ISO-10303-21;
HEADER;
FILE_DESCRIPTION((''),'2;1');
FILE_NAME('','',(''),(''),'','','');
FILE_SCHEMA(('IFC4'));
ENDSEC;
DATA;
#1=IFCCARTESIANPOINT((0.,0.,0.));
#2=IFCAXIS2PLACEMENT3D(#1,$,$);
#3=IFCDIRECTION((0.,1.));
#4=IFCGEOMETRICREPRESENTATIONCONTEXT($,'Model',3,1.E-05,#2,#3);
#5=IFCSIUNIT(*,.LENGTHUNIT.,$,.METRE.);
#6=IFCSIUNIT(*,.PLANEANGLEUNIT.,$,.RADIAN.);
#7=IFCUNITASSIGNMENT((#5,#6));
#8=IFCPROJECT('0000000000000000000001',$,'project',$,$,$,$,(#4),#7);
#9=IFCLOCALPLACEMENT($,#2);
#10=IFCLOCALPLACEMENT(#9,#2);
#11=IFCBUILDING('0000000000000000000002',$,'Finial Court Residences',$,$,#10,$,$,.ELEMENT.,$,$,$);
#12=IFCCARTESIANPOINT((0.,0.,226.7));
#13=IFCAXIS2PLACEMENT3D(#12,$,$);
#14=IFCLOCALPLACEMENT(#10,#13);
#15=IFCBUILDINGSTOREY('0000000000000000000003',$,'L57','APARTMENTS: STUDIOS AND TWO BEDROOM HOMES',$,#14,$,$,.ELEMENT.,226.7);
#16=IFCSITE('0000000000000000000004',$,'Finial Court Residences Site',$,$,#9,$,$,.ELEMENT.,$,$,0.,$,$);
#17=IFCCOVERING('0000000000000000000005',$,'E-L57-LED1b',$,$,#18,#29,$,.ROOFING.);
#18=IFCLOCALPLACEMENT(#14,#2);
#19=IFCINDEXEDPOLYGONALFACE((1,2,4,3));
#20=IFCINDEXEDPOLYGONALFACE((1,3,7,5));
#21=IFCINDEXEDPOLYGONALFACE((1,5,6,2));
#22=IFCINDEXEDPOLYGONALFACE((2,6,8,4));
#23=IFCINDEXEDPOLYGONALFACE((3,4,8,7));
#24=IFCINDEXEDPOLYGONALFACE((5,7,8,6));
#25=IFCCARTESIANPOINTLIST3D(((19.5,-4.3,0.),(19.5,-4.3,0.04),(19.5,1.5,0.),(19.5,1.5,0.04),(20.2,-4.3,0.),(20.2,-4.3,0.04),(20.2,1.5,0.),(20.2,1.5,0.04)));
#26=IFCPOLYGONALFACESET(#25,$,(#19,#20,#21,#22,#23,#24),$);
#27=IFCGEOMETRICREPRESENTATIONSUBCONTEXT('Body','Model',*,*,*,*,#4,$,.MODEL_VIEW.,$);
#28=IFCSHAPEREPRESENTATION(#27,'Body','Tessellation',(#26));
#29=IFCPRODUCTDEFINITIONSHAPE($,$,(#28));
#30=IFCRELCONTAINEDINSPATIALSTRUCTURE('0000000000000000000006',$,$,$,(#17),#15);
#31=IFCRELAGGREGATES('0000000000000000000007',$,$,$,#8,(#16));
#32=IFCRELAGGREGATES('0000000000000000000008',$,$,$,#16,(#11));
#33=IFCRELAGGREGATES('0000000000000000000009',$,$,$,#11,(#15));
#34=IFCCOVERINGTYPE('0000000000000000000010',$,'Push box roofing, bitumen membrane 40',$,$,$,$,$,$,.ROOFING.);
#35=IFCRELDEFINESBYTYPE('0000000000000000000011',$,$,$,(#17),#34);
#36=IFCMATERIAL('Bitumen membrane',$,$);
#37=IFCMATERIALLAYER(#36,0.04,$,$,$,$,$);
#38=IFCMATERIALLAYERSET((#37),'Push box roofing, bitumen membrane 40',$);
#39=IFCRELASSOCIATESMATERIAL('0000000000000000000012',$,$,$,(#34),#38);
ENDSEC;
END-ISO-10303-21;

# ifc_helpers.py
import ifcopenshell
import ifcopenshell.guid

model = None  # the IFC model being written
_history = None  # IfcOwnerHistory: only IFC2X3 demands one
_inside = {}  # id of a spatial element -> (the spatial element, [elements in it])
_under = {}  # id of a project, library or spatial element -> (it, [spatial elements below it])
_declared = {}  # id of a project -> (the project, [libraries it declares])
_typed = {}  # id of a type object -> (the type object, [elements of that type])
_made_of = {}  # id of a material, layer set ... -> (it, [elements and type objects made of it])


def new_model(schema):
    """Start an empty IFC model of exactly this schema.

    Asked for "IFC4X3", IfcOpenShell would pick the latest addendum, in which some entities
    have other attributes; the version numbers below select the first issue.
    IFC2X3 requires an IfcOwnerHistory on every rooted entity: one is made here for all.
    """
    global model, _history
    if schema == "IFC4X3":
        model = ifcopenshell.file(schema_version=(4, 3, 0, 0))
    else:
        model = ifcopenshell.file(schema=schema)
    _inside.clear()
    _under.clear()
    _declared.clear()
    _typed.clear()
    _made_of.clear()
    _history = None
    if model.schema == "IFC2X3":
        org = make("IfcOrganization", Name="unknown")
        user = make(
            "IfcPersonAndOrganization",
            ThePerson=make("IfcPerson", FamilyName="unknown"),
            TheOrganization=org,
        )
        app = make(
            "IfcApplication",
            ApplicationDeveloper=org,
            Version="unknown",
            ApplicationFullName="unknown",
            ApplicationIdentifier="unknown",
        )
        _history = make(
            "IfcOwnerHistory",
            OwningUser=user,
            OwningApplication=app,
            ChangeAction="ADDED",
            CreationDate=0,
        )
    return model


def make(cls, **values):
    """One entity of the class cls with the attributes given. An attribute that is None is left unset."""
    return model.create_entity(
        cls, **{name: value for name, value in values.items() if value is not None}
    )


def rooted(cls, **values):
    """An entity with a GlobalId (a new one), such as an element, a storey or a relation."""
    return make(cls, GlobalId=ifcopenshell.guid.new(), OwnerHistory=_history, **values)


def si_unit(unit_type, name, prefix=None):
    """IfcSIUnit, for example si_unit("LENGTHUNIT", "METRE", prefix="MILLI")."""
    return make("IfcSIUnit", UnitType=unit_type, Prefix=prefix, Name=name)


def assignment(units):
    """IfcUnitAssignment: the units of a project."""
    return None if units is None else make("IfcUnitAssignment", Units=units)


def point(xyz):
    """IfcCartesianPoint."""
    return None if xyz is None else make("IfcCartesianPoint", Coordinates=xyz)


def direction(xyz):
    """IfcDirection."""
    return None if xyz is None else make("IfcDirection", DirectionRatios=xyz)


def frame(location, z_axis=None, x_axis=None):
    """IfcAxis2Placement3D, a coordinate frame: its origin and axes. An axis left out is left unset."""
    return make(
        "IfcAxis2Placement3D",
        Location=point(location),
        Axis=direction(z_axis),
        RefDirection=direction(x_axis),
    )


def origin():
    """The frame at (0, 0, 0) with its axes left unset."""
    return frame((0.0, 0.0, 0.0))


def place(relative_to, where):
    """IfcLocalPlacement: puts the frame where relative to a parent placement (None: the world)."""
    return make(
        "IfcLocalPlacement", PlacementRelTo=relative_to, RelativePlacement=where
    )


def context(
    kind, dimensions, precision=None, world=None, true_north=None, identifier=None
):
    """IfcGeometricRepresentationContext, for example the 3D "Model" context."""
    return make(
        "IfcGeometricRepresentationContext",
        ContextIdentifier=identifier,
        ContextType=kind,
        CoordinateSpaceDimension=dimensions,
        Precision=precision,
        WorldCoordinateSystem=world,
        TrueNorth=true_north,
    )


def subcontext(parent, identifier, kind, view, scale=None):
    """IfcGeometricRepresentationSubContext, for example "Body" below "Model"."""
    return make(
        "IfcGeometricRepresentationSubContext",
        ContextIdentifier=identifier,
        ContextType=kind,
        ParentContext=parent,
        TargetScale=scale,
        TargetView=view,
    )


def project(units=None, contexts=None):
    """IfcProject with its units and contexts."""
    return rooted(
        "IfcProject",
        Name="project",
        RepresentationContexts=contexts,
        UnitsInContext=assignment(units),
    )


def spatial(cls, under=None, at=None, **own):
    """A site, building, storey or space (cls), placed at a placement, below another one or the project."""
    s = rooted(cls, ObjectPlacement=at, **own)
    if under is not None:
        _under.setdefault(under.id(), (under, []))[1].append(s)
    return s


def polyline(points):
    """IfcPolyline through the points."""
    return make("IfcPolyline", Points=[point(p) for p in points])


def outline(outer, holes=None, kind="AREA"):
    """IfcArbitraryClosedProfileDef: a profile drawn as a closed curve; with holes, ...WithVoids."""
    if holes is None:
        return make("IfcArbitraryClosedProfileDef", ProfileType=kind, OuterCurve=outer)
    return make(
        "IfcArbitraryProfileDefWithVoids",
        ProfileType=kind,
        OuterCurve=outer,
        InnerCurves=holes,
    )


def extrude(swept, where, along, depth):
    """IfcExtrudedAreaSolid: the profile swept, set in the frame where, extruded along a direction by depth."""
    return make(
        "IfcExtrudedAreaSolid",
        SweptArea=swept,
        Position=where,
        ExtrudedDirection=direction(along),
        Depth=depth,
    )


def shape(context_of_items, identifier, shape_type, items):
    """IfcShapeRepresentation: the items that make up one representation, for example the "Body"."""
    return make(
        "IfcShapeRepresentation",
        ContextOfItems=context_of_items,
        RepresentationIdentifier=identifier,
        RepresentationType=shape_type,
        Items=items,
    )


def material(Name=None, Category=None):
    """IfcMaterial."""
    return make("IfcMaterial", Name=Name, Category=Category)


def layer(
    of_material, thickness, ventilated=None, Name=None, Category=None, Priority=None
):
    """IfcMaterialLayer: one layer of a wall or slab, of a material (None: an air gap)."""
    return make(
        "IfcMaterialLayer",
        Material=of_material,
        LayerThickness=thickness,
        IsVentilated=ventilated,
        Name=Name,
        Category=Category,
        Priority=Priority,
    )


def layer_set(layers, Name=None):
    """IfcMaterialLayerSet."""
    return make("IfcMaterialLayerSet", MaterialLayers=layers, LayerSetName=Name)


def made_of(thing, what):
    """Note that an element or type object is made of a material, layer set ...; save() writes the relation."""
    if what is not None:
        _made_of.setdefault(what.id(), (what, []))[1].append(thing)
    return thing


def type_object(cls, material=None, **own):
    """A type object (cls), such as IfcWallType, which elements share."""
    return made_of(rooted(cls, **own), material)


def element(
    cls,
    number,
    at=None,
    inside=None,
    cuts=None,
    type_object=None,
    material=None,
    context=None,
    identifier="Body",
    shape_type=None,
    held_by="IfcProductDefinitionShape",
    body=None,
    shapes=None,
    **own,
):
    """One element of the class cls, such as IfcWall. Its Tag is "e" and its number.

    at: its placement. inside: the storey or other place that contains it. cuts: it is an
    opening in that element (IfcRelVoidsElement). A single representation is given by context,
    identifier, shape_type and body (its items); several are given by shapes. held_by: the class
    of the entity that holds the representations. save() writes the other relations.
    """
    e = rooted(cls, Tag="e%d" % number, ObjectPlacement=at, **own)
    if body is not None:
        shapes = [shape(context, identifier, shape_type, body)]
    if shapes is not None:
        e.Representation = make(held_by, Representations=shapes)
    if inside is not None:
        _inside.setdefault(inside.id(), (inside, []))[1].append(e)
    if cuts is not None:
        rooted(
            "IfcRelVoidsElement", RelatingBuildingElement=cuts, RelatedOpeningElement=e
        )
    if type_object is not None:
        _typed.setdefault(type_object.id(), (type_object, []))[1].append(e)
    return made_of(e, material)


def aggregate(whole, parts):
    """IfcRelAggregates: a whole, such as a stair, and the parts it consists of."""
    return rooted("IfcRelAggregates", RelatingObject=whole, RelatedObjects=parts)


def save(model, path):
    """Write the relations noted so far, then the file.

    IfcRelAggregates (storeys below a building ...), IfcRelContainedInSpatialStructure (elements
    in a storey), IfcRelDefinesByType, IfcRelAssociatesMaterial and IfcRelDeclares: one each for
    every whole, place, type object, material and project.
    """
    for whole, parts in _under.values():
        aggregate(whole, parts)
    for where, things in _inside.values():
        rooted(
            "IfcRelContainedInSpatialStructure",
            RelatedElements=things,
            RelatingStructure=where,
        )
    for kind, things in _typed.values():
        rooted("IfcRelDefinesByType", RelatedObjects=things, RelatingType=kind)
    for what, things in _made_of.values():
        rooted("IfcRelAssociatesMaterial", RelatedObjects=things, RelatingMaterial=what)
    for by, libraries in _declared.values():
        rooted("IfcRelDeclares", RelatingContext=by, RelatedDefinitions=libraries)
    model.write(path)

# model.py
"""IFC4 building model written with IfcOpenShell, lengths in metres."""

from ifc_helpers import new_model, si_unit, direction, frame, origin, place, context, subcontext, project, spatial, polyline, outline, extrude, material, layer, layer_set, type_object, element, save


model = new_model("IFC4")

# Units and contexts
model_context = context("Model", 3, precision=1e-05, world=origin(), true_north=direction((0.0, 1.0)))
body_context = subcontext(model_context, "Body", "Model", "MODEL_VIEW")
ifc_project = project(units=[si_unit("LENGTHUNIT", "METRE"), si_unit("PLANEANGLEUNIT", "RADIAN")], contexts=[model_context])

# Site, building, storey
site_placement = place(None, origin())
site = spatial("IfcSite", under=ifc_project, at=site_placement, Name="Finial Court Residences Site", CompositionType="ELEMENT", RefElevation=0.0)
building_placement = place(site_placement, origin())
building = spatial("IfcBuilding", under=site, at=building_placement, Name="Finial Court Residences", CompositionType="ELEMENT")
storey_placement = place(building_placement, frame((0.0, 0.0, 226.7)))
storey = spatial("IfcBuildingStorey", under=building, at=storey_placement, Name="L57", Description="APARTMENTS: STUDIOS AND TWO BEDROOM HOMES", CompositionType="ELEMENT", Elevation=226.7)

# Covering
ifc_material_1 = material(Name="Bitumen membrane")
ifc_layer_1 = layer(ifc_material_1, 0.04)
ifc_layer_set_1 = layer_set([ifc_layer_1], Name="Push box roofing, bitumen membrane 40")
covering_type_1 = type_object("IfcCoveringType", Name="Push box roofing, bitumen membrane 40", PredefinedType="ROOFING", material=ifc_layer_set_1)
covering_1_placement = place(storey_placement, origin())
element("IfcCovering", 1, at=covering_1_placement, inside=storey, type_object=covering_type_1, Name="E-L57-LED1b", PredefinedType="ROOFING", context=body_context, shape_type="SweptSolid", body=[
    extrude(outline(polyline([(19.5, 1.5), (20.2, 1.5), (20.2, -4.3), (19.5, -4.3), (19.5, 1.5)])), origin(), (0.0, 0.0, 1.0), 0.04),
])

save(model, "model.ifc")
